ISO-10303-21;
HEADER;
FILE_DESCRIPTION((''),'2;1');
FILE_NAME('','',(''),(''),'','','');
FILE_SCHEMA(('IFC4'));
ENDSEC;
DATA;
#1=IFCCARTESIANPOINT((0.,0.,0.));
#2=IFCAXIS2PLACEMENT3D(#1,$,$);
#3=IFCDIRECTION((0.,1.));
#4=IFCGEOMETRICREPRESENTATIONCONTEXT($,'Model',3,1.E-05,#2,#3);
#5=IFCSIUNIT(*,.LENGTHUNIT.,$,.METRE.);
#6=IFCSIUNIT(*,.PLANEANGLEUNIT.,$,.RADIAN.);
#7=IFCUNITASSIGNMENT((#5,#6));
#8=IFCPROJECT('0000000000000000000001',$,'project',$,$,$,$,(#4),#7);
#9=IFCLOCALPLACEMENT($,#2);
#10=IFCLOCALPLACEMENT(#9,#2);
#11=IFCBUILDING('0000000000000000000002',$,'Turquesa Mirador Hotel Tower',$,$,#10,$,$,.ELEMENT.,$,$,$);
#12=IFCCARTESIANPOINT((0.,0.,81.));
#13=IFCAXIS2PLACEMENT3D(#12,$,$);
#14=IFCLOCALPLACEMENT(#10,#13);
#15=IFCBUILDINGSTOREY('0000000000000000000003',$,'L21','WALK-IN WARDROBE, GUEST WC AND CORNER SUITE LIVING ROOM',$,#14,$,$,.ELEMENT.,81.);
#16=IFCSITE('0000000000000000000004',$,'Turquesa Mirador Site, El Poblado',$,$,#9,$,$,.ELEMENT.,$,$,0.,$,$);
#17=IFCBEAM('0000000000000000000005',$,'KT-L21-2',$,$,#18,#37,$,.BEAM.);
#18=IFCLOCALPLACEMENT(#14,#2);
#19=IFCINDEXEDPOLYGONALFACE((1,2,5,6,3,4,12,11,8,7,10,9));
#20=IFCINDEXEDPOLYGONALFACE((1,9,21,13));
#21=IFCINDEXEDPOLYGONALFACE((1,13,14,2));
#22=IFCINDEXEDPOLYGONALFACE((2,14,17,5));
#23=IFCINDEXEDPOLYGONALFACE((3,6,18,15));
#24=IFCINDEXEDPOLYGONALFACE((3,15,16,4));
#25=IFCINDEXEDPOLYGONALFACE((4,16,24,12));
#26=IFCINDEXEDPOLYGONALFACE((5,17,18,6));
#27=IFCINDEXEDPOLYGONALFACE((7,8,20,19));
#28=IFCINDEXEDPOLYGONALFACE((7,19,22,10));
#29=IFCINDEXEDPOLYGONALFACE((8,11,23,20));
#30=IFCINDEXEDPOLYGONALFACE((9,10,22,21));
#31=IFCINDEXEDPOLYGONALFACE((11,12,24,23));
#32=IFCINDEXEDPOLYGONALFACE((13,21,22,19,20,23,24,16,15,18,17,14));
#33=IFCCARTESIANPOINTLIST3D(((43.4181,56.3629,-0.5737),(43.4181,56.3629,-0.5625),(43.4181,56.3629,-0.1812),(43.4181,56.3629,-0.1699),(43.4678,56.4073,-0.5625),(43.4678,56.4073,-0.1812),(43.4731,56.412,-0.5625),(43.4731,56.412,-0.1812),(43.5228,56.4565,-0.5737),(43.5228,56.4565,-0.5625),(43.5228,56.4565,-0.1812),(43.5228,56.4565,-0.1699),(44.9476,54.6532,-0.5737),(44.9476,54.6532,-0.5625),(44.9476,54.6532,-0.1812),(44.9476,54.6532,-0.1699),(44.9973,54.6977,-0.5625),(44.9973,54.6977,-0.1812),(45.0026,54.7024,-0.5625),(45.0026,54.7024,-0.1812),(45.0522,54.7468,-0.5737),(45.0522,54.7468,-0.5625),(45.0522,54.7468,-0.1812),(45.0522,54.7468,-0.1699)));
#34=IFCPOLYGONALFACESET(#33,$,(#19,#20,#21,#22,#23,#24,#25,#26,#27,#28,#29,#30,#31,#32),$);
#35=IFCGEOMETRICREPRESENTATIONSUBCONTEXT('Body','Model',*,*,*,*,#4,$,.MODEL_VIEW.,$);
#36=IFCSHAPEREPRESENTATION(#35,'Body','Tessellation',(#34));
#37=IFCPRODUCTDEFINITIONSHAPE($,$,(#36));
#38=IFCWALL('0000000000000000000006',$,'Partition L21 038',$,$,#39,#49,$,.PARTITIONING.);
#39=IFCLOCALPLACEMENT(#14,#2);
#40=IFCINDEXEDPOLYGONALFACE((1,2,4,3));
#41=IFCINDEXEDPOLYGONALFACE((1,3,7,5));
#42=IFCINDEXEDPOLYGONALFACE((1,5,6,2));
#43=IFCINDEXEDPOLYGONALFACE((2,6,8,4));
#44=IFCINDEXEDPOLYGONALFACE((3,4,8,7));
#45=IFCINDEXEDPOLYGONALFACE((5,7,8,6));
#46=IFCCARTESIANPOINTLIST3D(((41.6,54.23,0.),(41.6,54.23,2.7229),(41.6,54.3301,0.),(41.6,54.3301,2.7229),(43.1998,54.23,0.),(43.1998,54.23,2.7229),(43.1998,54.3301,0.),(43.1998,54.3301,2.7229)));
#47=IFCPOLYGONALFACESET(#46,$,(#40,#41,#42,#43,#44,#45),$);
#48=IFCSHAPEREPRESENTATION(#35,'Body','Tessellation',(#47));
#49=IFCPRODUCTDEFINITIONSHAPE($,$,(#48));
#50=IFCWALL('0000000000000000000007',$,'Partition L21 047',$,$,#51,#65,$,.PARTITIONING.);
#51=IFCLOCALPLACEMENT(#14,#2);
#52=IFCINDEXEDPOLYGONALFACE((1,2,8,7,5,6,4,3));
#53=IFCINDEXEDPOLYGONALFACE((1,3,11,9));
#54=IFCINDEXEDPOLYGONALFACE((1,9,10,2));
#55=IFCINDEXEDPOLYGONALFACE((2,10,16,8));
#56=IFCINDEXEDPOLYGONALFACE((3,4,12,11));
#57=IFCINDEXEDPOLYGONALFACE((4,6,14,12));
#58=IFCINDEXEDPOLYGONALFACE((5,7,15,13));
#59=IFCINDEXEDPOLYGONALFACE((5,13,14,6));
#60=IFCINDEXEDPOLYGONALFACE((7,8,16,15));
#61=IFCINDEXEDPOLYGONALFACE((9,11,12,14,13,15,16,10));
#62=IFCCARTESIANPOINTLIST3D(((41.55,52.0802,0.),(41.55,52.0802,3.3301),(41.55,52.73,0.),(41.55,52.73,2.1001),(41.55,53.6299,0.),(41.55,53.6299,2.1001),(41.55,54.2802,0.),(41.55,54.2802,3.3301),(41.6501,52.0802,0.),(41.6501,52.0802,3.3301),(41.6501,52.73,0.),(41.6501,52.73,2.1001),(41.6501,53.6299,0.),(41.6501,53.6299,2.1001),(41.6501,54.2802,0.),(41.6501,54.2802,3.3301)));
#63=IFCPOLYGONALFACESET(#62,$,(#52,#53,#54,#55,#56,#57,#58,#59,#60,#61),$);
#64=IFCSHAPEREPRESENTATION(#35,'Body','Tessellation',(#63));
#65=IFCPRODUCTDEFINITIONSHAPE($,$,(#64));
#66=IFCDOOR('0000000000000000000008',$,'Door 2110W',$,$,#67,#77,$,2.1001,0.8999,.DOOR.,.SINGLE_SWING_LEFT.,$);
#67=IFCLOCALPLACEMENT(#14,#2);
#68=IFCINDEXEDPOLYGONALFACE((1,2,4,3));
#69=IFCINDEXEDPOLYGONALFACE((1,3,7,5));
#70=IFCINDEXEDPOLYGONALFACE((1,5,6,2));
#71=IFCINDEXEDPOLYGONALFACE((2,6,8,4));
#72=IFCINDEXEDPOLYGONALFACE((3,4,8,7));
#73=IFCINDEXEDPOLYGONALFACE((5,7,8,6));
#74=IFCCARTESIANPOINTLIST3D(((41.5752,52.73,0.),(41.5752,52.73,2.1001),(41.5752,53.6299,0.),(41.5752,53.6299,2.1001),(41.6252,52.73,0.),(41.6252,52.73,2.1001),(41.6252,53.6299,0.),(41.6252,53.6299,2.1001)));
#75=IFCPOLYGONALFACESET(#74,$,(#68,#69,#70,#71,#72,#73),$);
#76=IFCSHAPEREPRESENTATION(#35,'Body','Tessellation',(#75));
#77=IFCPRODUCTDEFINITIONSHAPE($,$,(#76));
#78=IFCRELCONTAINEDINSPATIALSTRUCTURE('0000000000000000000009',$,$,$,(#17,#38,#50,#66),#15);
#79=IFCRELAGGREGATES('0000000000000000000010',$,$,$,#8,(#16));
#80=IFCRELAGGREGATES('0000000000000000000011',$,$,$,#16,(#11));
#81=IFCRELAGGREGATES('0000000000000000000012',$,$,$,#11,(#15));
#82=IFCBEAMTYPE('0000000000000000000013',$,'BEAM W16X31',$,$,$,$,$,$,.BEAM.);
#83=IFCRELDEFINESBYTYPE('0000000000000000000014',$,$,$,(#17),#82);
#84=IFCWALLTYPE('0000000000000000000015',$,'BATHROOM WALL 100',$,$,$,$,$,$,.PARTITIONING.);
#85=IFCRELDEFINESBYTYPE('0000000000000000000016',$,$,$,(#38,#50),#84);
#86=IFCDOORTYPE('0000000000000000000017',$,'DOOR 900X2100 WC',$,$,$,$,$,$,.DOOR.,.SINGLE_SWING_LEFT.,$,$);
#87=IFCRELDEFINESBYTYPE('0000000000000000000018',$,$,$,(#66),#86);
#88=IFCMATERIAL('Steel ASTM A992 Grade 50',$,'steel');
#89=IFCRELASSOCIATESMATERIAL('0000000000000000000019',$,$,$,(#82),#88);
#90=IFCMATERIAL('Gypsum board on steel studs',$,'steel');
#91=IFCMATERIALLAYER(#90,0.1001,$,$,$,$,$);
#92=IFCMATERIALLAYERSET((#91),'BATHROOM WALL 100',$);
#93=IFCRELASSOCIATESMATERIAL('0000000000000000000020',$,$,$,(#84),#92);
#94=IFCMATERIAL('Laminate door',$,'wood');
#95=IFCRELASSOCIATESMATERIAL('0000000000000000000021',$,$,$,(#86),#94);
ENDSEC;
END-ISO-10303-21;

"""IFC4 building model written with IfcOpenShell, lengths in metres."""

from ifc_helpers import new_model, si_unit, direction, frame, frame_2d, origin, origin_2d, place, context, subcontext, project, spatial, rectangle, i_section, extrude, material, layer, layer_set, material_profile, profile_set, type_object, element, fill, save


model = new_model("IFC4")

# Units and contexts
model_context = context("Model", 3, precision=1e-05, world=origin(), true_north=direction((0.0, 1.0)))
body_context = subcontext(model_context, "Body", "Model", "MODEL_VIEW")
ifc_project = project(units=[si_unit("LENGTHUNIT", "METRE"), si_unit("PLANEANGLEUNIT", "RADIAN")], contexts=[model_context])

# Site, building, storey
site_placement = place(None, origin())
site = spatial("IfcSite", under=ifc_project, at=site_placement, Name="Turquesa Mirador Site, El Poblado", CompositionType="ELEMENT", RefElevation=0.0)
building_placement = place(site_placement, origin())
building = spatial("IfcBuilding", under=site, at=building_placement, Name="Turquesa Mirador Hotel Tower", CompositionType="ELEMENT")
storey_placement = place(building_placement, frame((0.0, 0.0, 81.0)))
storey = spatial("IfcBuildingStorey", under=building, at=storey_placement, Name="L21", Description="WALK-IN WARDROBE, GUEST WC AND CORNER SUITE LIVING ROOM", CompositionType="ELEMENT", Elevation=81.0)

# Beam
ifc_material_1 = material(Name="Steel ASTM A992 Grade 50", Category="steel")
ifc_material_profile = material_profile(ifc_material_1, i_section(OverallWidth=0.1404, OverallDepth=0.4038, WebThickness=0.0071, FlangeThickness=0.0112, at=origin_2d()), Name="W16X31")
ifc_profile_set = profile_set([ifc_material_profile], Name="Steel ASTM A992 Grade 50")
beam_type = type_object("IfcBeamType", Name="BEAM W16X31", PredefinedType="BEAM", material=ifc_profile_set)
beam_placement = place(storey_placement, frame((43.4705, 56.4097, -0.3718), z_axis=(0.666745, -0.745286, 0.0), x_axis=(0.745286, 0.666745, 0.0)))
element("IfcBeam", 1, at=beam_placement, inside=storey, type_object=beam_type, Name="KT-L21-2", PredefinedType="BEAM", context=body_context, shape_type="SweptSolid", body=[
    extrude(i_section(OverallWidth=0.1404, OverallDepth=0.4038, WebThickness=0.0071, FlangeThickness=0.0112, at=origin_2d()), origin(), (0.0, 0.0, 1.0), 2.2939),
])

# Wall
ifc_material_2 = material(Name="Gypsum board on steel studs", Category="steel")
ifc_layer_1 = layer(ifc_material_2, 0.1001)
ifc_layer_set_1 = layer_set([ifc_layer_1], Name="BATHROOM WALL 100")
wall_type_1 = type_object("IfcWallType", Name="BATHROOM WALL 100", PredefinedType="PARTITIONING", material=ifc_layer_set_1)
wall_1_placement = place(storey_placement, frame((41.6001, 54.28, 0.0), z_axis=(0.0, 0.0, 1.0), x_axis=(1.0, 0.0, 0.0)))
element("IfcWall", 2, at=wall_1_placement, inside=storey, type_object=wall_type_1, Name="Partition L21 038", PredefinedType="PARTITIONING", context=body_context, shape_type="SweptSolid", body=[
    extrude(rectangle(XDim=1.5999, YDim=0.1001, at=frame_2d((0.7998, 0.0))), origin(), (0.0, 0.0, 1.0), 2.7229),
])

# Wall, opening, door
wall_2_placement = place(storey_placement, frame((41.6001, 52.0801, 0.0), z_axis=(0.0, 0.0, 1.0), x_axis=(0.0, 1.0, 0.0)))
wall_2 = element("IfcWall", 3, at=wall_2_placement, inside=storey, type_object=wall_type_1, Name="Partition L21 047", PredefinedType="PARTITIONING", context=body_context, shape_type="SweptSolid", body=[
    extrude(rectangle(XDim=2.2, YDim=0.1001, at=frame_2d((1.1001, 0.0))), origin(), (0.0, 0.0, 1.0), 3.3301),
])
opening_1_placement = place(wall_2_placement, frame((0.6499, 0.0, 0.0)))
opening_1 = element("IfcOpeningElement", 4, at=opening_1_placement, cuts=wall_2, PredefinedType="OPENING", context=body_context, shape_type="SweptSolid", body=[
    extrude(rectangle(XDim=0.8999, YDim=2.1001, at=frame_2d((0.45, 1.05))), frame((0.0, 0.0601, 0.0), z_axis=(0.0, -1.0, 0.0), x_axis=(1.0, 0.0, 0.0)), (0.0, 0.0, 1.0), 0.1201),
])
ifc_material_3 = material(Name="Laminate door", Category="wood")
door_type_1 = type_object("IfcDoorType", Name="DOOR 900X2100 WC", OperationType="SINGLE_SWING_LEFT", PredefinedType="DOOR", material=ifc_material_3)
door_1_placement = place(opening_1_placement, origin())
door_1 = element("IfcDoor", 5, at=door_1_placement, inside=storey, type_object=door_type_1, Name="Door 2110W", OperationType="SINGLE_SWING_LEFT", OverallHeight=2.1001, OverallWidth=0.8999, PredefinedType="DOOR", context=body_context, shape_type="SweptSolid", body=[
    extrude(rectangle(XDim=0.8999, YDim=2.1001, at=frame_2d((0.45, 1.05))), frame((0.0, 0.0249, 0.0), z_axis=(0.0, -1.0, 0.0), x_axis=(1.0, 0.0, 0.0)), (0.0, 0.0, 1.0), 0.05),
])
fill(opening_1, door_1)

save(model, "model.ifc")
